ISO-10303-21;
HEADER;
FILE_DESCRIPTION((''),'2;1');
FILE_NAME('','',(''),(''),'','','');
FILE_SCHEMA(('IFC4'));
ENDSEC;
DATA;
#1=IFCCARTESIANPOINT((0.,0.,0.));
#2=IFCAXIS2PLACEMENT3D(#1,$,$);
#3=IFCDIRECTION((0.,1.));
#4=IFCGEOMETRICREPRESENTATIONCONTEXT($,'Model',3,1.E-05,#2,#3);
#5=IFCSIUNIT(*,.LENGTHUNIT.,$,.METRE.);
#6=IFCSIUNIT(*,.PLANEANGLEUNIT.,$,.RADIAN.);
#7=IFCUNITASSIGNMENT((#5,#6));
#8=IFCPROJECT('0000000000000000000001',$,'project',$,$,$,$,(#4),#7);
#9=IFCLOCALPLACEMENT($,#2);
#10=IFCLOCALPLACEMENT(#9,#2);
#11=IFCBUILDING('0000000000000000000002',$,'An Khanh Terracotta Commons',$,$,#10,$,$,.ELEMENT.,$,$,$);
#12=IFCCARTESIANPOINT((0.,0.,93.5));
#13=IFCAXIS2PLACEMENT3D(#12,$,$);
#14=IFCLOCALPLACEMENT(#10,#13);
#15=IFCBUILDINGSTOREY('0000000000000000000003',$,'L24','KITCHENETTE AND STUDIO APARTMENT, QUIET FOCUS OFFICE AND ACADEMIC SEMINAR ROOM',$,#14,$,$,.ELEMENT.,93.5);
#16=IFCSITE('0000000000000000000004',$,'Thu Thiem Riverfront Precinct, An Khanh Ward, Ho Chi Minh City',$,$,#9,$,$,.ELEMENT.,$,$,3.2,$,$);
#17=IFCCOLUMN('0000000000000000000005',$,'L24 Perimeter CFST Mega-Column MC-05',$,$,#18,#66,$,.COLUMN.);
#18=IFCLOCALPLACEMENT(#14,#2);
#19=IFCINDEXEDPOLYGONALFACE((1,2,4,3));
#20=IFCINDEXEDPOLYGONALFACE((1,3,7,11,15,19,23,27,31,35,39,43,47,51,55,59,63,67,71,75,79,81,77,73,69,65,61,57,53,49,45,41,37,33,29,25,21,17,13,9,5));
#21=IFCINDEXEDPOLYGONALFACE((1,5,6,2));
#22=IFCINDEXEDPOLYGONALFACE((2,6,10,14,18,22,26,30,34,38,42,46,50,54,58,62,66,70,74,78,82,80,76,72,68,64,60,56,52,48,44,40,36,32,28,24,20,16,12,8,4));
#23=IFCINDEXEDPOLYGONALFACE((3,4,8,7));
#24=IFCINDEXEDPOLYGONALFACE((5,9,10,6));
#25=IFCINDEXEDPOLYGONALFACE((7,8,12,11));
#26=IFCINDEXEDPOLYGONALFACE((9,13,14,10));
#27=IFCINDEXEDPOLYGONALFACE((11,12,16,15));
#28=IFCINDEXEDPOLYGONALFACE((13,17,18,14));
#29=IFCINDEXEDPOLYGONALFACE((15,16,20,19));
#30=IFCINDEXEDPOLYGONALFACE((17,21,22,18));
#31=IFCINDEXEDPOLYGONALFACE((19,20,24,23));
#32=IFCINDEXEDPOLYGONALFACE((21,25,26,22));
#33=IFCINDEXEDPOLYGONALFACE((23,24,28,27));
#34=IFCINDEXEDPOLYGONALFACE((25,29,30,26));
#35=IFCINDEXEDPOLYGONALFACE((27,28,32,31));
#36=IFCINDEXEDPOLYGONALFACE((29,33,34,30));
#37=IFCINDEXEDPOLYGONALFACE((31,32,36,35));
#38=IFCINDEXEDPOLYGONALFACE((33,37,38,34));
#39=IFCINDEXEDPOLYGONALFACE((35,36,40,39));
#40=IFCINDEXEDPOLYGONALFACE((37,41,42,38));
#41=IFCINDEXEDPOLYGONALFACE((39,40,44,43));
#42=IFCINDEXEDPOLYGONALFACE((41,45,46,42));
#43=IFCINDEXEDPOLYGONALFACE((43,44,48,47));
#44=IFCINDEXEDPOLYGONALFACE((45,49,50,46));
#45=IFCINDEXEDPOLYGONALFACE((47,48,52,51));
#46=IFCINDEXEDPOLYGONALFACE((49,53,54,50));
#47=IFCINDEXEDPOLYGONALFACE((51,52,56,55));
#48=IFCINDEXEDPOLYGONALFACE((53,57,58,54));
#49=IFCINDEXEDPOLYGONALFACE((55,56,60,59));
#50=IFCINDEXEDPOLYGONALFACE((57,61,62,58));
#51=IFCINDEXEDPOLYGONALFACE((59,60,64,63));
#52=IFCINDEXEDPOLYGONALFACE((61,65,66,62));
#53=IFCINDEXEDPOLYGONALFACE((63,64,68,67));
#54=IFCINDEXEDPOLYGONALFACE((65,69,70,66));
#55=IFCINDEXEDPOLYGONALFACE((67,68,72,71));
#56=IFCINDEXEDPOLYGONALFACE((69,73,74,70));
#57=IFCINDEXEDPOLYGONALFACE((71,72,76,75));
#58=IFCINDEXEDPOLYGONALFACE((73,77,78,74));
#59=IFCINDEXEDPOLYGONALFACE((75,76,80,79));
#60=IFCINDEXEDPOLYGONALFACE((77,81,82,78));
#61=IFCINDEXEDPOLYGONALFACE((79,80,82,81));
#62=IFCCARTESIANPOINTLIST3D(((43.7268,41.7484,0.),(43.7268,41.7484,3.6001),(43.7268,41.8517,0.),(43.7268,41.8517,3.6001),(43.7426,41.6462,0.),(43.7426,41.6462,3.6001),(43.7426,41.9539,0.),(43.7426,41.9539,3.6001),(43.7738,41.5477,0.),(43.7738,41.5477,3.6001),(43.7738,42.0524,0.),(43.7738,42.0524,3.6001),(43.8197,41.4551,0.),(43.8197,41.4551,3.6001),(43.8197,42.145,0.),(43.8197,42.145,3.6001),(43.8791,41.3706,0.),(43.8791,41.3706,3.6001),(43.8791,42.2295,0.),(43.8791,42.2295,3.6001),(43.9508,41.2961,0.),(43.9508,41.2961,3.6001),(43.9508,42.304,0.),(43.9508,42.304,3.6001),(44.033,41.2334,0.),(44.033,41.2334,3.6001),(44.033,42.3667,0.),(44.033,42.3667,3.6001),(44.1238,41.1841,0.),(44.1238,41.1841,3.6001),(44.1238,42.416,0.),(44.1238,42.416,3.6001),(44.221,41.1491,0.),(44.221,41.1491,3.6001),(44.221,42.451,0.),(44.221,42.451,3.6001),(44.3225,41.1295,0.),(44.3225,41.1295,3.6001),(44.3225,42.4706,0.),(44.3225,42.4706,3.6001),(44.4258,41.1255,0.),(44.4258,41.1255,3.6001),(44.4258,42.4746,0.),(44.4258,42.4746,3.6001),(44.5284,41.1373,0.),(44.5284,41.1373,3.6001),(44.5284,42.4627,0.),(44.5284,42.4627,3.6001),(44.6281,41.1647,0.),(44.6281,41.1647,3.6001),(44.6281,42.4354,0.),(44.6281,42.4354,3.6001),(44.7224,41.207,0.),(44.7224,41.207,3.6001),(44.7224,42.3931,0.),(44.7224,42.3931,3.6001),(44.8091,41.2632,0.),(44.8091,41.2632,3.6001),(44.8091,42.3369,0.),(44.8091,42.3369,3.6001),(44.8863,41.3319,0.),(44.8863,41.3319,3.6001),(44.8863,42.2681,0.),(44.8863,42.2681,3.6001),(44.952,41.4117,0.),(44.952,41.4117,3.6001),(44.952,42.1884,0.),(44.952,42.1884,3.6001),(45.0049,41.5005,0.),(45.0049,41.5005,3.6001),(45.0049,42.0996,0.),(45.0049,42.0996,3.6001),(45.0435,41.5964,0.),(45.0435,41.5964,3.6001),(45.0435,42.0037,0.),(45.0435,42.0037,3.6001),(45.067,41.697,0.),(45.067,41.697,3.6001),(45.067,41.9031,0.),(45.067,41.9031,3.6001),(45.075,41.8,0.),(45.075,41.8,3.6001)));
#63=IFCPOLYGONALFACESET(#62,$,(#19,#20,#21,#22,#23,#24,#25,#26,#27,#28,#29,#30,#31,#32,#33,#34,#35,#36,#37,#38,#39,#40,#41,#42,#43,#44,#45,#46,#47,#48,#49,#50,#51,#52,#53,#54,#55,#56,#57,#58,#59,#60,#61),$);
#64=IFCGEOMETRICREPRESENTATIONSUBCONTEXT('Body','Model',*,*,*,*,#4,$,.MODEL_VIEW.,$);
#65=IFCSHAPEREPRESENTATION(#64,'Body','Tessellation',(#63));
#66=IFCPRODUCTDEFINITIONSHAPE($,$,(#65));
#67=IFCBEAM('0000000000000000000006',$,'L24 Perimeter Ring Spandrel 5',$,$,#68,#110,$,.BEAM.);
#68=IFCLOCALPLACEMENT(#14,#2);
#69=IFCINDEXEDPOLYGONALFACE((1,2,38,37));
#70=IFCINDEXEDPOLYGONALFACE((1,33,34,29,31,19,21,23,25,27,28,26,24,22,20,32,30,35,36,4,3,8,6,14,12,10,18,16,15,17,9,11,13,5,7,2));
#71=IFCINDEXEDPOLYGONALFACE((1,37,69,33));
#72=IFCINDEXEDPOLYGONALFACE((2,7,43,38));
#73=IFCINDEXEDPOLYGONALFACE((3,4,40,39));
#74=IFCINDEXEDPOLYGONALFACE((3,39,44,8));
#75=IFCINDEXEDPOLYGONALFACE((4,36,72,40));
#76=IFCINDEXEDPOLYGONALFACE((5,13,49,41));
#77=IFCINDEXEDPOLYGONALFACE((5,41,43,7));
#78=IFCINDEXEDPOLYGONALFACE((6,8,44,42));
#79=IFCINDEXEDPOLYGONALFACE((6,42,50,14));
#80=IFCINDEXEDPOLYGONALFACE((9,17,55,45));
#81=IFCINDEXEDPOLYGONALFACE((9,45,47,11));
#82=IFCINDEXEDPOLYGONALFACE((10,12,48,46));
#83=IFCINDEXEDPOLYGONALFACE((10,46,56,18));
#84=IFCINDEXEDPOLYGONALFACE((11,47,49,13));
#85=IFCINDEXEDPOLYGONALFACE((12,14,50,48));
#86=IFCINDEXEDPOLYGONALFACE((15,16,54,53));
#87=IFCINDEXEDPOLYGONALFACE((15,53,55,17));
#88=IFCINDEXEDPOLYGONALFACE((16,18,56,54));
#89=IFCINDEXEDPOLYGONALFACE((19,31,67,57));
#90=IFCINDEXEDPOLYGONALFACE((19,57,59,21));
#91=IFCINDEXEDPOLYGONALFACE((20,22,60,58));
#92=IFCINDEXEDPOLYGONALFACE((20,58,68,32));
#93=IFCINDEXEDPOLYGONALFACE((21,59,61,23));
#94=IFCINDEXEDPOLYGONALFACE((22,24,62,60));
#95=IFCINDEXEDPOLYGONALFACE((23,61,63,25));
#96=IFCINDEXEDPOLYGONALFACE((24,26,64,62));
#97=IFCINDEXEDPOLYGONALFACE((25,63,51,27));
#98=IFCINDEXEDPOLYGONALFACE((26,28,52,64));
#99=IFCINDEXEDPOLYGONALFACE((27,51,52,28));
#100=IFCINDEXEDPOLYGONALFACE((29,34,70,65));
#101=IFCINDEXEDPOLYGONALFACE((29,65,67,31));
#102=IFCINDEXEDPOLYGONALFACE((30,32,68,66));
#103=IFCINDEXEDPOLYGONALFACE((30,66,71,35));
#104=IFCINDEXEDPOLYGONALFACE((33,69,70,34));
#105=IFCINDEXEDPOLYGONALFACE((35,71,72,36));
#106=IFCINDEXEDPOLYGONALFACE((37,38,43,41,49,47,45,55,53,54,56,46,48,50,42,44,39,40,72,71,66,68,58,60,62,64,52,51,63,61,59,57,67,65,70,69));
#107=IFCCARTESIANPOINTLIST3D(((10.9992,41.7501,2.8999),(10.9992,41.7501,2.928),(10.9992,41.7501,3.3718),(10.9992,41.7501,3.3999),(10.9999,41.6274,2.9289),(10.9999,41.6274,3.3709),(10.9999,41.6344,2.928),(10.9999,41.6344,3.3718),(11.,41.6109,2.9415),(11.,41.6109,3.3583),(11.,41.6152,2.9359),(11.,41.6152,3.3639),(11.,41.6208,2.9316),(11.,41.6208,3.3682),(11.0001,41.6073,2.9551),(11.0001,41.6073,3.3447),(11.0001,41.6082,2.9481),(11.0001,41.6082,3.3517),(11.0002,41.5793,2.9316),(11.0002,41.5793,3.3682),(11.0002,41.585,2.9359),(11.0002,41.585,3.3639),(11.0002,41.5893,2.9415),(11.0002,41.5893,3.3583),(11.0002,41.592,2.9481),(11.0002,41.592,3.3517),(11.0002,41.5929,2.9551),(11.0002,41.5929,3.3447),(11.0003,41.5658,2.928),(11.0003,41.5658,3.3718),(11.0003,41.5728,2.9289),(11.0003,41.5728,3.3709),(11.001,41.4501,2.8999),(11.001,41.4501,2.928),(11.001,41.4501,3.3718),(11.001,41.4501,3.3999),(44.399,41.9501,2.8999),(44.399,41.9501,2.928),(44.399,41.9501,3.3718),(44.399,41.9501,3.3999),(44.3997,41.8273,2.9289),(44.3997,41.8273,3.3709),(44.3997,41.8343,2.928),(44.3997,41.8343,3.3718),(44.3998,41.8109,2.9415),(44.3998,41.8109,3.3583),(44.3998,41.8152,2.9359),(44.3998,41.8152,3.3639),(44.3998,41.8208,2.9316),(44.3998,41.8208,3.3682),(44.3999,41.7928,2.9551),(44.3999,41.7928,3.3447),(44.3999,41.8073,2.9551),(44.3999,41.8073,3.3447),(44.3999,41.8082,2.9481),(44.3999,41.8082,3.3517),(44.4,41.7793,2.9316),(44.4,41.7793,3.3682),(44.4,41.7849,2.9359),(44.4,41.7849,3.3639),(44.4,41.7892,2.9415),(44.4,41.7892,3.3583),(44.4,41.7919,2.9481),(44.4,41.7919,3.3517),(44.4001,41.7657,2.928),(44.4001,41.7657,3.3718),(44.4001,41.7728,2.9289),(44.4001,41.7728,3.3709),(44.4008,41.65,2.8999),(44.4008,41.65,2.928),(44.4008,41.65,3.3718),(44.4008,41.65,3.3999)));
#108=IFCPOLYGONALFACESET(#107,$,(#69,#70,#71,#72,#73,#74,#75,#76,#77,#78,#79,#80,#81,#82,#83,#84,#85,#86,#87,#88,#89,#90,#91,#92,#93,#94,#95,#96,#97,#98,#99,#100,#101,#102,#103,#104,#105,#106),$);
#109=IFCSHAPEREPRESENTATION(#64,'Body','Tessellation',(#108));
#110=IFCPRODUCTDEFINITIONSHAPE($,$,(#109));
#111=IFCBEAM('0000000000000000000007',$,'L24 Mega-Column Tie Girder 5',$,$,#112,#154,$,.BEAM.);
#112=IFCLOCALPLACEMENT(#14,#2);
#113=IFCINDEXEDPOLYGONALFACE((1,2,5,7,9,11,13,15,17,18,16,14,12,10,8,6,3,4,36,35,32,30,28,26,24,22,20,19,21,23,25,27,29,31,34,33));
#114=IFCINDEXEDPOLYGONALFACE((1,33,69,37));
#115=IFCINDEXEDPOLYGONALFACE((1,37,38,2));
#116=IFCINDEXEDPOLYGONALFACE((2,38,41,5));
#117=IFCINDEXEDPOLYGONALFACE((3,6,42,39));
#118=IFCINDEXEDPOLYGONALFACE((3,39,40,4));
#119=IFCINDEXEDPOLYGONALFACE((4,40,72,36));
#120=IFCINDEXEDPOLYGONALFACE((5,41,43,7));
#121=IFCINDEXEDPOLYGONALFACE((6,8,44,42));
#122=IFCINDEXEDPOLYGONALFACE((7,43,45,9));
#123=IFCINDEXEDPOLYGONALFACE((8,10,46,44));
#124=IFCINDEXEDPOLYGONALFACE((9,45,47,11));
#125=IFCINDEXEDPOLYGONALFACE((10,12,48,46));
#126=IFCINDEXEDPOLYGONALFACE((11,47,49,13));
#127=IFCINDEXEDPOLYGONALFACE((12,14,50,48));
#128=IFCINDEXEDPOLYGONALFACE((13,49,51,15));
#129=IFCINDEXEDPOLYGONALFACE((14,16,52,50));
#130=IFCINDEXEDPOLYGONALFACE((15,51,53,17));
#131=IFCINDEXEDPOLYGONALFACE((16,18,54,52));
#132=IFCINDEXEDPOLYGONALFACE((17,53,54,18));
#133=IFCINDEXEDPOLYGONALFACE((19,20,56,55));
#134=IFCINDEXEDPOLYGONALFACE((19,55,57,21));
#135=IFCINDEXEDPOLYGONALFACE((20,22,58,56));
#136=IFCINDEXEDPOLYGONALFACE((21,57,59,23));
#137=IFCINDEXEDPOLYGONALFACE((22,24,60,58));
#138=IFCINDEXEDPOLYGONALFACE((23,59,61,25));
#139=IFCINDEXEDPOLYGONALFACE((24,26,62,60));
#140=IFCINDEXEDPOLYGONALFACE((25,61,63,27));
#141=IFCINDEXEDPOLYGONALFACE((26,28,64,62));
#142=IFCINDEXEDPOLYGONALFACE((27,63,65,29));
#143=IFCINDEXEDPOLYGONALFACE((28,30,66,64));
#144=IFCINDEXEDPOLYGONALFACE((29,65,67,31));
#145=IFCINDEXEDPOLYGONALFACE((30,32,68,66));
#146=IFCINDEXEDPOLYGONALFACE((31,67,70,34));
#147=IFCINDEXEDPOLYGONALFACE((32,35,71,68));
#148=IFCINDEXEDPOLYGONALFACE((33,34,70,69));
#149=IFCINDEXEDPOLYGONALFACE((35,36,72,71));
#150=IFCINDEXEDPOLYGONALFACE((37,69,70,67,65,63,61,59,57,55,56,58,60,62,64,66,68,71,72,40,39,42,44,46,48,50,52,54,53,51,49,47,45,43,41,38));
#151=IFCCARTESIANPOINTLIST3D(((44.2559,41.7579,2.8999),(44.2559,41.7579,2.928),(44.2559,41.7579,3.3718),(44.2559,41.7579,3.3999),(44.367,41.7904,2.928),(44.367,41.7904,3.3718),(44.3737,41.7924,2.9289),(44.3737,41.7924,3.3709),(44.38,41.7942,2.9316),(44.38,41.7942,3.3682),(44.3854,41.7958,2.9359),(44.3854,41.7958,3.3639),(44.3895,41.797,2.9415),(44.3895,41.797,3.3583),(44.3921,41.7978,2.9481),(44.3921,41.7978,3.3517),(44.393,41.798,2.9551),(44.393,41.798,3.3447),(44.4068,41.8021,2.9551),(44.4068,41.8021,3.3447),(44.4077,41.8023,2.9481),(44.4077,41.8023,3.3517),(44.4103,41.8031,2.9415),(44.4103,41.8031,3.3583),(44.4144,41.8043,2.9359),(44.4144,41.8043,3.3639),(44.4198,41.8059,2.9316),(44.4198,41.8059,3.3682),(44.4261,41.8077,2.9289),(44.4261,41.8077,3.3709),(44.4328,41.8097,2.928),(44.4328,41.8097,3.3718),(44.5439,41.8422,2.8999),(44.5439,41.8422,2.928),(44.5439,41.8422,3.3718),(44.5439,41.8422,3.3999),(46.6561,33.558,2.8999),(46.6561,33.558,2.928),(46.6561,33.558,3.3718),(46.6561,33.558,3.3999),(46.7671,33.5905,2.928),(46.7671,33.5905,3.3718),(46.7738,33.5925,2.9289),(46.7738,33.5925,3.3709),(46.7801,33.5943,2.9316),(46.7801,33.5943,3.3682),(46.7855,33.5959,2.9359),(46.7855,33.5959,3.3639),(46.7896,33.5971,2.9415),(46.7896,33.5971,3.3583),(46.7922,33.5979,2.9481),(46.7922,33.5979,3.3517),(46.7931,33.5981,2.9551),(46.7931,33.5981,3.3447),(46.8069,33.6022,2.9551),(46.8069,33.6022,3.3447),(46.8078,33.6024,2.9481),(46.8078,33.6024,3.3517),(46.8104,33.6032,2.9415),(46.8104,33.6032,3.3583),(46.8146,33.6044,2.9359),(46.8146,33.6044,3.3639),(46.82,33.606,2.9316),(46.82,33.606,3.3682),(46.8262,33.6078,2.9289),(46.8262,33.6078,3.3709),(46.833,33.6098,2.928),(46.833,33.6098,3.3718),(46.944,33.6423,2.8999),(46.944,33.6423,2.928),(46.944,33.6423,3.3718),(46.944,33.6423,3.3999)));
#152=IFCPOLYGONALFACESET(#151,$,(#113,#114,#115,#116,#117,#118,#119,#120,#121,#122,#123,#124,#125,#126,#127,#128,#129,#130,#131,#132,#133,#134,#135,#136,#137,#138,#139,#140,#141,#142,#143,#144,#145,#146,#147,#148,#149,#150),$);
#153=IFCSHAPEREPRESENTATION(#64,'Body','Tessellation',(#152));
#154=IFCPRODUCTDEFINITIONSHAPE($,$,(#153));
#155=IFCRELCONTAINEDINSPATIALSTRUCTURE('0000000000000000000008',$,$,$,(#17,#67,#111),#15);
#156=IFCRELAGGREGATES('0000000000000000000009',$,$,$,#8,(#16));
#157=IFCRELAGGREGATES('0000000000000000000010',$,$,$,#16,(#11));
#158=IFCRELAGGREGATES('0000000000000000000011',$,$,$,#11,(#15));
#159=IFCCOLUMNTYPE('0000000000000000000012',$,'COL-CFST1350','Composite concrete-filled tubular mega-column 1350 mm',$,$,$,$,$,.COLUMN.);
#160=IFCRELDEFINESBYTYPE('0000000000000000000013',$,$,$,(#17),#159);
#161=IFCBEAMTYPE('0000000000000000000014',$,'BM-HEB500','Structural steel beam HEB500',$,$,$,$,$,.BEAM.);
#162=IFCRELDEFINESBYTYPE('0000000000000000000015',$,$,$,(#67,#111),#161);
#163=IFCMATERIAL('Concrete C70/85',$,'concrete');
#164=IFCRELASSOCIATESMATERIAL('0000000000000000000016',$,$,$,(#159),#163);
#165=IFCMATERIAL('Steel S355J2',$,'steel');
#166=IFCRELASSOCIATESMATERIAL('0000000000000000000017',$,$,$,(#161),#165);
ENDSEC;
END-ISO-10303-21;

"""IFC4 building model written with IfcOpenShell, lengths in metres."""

from ifc_helpers import new_model, si_unit, direction, frame, origin, origin_2d, place, context, subcontext, project, spatial, circle, i_section, extrude, material, material_profile, profile_set, type_object, element, save


model = new_model("IFC4")

# Units and contexts
model_context = context("Model", 3, precision=1e-05, world=origin(), true_north=direction((0.0, 1.0)))
body_context = subcontext(model_context, "Body", "Model", "MODEL_VIEW")
ifc_project = project(units=[si_unit("LENGTHUNIT", "METRE"), si_unit("PLANEANGLEUNIT", "RADIAN")], contexts=[model_context])

# Site, building, storey
site_placement = place(None, origin())
site = spatial("IfcSite", under=ifc_project, at=site_placement, Name="Thu Thiem Riverfront Precinct, An Khanh Ward, Ho Chi Minh City", CompositionType="ELEMENT", RefElevation=3.2)
building_placement = place(site_placement, origin())
building = spatial("IfcBuilding", under=site, at=building_placement, Name="An Khanh Terracotta Commons", CompositionType="ELEMENT")
storey_placement = place(building_placement, frame((0.0, 0.0, 93.5)))
storey = spatial("IfcBuildingStorey", under=building, at=storey_placement, Name="L24", Description="KITCHENETTE AND STUDIO APARTMENT, QUIET FOCUS OFFICE AND ACADEMIC SEMINAR ROOM", CompositionType="ELEMENT", Elevation=93.5)

# Column
ifc_material_1 = material(Name="Concrete C70/85", Category="concrete")
ifc_material_profile_1 = material_profile(ifc_material_1, circle(Radius=0.675, at=origin_2d()), Name="CFST1350")
ifc_profile_set_1 = profile_set([ifc_material_profile_1], Name="Concrete C70/85")
column_type = type_object("IfcColumnType", Name="COL-CFST1350", Description="Composite concrete-filled tubular mega-column 1350 mm", PredefinedType="COLUMN", material=ifc_profile_set_1)
column_placement = place(storey_placement, frame((44.3999, 41.8, 0.0), z_axis=(0.0, 0.0, 1.0), x_axis=(1.0, 0.0, 0.0)))
element("IfcColumn", 1, at=column_placement, inside=storey, type_object=column_type, Name="L24 Perimeter CFST Mega-Column MC-05", PredefinedType="COLUMN", context=body_context, shape_type="SweptSolid", body=[
    extrude(circle(Radius=0.675, at=origin_2d()), origin(), (0.0, 0.0, 1.0), 3.6001),
])

# Beams
ifc_material_2 = material(Name="Steel S355J2", Category="steel")
ifc_material_profile_2 = material_profile(ifc_material_2, i_section(OverallWidth=0.3, OverallDepth=0.5, WebThickness=0.0144, FlangeThickness=0.0281, FilletRadius=0.0271, at=origin_2d()), Name="HEB500")
ifc_profile_set_2 = profile_set([ifc_material_profile_2], Name="Steel S355J2")
beam_type = type_object("IfcBeamType", Name="BM-HEB500", Description="Structural steel beam HEB500", PredefinedType="BEAM", material=ifc_profile_set_2)
beam_1_placement = place(storey_placement, frame((44.3999, 41.8, 3.1499), z_axis=(-0.999982, -0.005986, 0.0), x_axis=(0.005986, -0.999982, 0.0)))
element("IfcBeam", 2, at=beam_1_placement, inside=storey, type_object=beam_type, Name="L24 Perimeter Ring Spandrel 5", PredefinedType="BEAM", context=body_context, shape_type="SweptSolid", body=[
    extrude(i_section(OverallWidth=0.3, OverallDepth=0.5, WebThickness=0.0144, FlangeThickness=0.0281, FilletRadius=0.0271, at=origin_2d()), origin(), (0.0, 0.0, 1.0), 33.4004),
])
beam_2_placement = place(storey_placement, frame((44.3999, 41.8, 3.1499), z_axis=(0.280916, -0.959732, 0.0), x_axis=(0.959732, 0.280916, 0.0)))
element("IfcBeam", 3, at=beam_2_placement, inside=storey, type_object=beam_type, Name="L24 Mega-Column Tie Girder 5", PredefinedType="BEAM", context=body_context, shape_type="SweptSolid", body=[
    extrude(i_section(OverallWidth=0.3, OverallDepth=0.5, WebThickness=0.0144, FlangeThickness=0.0281, FilletRadius=0.0271, at=origin_2d()), origin(), (0.0, 0.0, 1.0), 8.5439),
])

save(model, "model.ifc")
